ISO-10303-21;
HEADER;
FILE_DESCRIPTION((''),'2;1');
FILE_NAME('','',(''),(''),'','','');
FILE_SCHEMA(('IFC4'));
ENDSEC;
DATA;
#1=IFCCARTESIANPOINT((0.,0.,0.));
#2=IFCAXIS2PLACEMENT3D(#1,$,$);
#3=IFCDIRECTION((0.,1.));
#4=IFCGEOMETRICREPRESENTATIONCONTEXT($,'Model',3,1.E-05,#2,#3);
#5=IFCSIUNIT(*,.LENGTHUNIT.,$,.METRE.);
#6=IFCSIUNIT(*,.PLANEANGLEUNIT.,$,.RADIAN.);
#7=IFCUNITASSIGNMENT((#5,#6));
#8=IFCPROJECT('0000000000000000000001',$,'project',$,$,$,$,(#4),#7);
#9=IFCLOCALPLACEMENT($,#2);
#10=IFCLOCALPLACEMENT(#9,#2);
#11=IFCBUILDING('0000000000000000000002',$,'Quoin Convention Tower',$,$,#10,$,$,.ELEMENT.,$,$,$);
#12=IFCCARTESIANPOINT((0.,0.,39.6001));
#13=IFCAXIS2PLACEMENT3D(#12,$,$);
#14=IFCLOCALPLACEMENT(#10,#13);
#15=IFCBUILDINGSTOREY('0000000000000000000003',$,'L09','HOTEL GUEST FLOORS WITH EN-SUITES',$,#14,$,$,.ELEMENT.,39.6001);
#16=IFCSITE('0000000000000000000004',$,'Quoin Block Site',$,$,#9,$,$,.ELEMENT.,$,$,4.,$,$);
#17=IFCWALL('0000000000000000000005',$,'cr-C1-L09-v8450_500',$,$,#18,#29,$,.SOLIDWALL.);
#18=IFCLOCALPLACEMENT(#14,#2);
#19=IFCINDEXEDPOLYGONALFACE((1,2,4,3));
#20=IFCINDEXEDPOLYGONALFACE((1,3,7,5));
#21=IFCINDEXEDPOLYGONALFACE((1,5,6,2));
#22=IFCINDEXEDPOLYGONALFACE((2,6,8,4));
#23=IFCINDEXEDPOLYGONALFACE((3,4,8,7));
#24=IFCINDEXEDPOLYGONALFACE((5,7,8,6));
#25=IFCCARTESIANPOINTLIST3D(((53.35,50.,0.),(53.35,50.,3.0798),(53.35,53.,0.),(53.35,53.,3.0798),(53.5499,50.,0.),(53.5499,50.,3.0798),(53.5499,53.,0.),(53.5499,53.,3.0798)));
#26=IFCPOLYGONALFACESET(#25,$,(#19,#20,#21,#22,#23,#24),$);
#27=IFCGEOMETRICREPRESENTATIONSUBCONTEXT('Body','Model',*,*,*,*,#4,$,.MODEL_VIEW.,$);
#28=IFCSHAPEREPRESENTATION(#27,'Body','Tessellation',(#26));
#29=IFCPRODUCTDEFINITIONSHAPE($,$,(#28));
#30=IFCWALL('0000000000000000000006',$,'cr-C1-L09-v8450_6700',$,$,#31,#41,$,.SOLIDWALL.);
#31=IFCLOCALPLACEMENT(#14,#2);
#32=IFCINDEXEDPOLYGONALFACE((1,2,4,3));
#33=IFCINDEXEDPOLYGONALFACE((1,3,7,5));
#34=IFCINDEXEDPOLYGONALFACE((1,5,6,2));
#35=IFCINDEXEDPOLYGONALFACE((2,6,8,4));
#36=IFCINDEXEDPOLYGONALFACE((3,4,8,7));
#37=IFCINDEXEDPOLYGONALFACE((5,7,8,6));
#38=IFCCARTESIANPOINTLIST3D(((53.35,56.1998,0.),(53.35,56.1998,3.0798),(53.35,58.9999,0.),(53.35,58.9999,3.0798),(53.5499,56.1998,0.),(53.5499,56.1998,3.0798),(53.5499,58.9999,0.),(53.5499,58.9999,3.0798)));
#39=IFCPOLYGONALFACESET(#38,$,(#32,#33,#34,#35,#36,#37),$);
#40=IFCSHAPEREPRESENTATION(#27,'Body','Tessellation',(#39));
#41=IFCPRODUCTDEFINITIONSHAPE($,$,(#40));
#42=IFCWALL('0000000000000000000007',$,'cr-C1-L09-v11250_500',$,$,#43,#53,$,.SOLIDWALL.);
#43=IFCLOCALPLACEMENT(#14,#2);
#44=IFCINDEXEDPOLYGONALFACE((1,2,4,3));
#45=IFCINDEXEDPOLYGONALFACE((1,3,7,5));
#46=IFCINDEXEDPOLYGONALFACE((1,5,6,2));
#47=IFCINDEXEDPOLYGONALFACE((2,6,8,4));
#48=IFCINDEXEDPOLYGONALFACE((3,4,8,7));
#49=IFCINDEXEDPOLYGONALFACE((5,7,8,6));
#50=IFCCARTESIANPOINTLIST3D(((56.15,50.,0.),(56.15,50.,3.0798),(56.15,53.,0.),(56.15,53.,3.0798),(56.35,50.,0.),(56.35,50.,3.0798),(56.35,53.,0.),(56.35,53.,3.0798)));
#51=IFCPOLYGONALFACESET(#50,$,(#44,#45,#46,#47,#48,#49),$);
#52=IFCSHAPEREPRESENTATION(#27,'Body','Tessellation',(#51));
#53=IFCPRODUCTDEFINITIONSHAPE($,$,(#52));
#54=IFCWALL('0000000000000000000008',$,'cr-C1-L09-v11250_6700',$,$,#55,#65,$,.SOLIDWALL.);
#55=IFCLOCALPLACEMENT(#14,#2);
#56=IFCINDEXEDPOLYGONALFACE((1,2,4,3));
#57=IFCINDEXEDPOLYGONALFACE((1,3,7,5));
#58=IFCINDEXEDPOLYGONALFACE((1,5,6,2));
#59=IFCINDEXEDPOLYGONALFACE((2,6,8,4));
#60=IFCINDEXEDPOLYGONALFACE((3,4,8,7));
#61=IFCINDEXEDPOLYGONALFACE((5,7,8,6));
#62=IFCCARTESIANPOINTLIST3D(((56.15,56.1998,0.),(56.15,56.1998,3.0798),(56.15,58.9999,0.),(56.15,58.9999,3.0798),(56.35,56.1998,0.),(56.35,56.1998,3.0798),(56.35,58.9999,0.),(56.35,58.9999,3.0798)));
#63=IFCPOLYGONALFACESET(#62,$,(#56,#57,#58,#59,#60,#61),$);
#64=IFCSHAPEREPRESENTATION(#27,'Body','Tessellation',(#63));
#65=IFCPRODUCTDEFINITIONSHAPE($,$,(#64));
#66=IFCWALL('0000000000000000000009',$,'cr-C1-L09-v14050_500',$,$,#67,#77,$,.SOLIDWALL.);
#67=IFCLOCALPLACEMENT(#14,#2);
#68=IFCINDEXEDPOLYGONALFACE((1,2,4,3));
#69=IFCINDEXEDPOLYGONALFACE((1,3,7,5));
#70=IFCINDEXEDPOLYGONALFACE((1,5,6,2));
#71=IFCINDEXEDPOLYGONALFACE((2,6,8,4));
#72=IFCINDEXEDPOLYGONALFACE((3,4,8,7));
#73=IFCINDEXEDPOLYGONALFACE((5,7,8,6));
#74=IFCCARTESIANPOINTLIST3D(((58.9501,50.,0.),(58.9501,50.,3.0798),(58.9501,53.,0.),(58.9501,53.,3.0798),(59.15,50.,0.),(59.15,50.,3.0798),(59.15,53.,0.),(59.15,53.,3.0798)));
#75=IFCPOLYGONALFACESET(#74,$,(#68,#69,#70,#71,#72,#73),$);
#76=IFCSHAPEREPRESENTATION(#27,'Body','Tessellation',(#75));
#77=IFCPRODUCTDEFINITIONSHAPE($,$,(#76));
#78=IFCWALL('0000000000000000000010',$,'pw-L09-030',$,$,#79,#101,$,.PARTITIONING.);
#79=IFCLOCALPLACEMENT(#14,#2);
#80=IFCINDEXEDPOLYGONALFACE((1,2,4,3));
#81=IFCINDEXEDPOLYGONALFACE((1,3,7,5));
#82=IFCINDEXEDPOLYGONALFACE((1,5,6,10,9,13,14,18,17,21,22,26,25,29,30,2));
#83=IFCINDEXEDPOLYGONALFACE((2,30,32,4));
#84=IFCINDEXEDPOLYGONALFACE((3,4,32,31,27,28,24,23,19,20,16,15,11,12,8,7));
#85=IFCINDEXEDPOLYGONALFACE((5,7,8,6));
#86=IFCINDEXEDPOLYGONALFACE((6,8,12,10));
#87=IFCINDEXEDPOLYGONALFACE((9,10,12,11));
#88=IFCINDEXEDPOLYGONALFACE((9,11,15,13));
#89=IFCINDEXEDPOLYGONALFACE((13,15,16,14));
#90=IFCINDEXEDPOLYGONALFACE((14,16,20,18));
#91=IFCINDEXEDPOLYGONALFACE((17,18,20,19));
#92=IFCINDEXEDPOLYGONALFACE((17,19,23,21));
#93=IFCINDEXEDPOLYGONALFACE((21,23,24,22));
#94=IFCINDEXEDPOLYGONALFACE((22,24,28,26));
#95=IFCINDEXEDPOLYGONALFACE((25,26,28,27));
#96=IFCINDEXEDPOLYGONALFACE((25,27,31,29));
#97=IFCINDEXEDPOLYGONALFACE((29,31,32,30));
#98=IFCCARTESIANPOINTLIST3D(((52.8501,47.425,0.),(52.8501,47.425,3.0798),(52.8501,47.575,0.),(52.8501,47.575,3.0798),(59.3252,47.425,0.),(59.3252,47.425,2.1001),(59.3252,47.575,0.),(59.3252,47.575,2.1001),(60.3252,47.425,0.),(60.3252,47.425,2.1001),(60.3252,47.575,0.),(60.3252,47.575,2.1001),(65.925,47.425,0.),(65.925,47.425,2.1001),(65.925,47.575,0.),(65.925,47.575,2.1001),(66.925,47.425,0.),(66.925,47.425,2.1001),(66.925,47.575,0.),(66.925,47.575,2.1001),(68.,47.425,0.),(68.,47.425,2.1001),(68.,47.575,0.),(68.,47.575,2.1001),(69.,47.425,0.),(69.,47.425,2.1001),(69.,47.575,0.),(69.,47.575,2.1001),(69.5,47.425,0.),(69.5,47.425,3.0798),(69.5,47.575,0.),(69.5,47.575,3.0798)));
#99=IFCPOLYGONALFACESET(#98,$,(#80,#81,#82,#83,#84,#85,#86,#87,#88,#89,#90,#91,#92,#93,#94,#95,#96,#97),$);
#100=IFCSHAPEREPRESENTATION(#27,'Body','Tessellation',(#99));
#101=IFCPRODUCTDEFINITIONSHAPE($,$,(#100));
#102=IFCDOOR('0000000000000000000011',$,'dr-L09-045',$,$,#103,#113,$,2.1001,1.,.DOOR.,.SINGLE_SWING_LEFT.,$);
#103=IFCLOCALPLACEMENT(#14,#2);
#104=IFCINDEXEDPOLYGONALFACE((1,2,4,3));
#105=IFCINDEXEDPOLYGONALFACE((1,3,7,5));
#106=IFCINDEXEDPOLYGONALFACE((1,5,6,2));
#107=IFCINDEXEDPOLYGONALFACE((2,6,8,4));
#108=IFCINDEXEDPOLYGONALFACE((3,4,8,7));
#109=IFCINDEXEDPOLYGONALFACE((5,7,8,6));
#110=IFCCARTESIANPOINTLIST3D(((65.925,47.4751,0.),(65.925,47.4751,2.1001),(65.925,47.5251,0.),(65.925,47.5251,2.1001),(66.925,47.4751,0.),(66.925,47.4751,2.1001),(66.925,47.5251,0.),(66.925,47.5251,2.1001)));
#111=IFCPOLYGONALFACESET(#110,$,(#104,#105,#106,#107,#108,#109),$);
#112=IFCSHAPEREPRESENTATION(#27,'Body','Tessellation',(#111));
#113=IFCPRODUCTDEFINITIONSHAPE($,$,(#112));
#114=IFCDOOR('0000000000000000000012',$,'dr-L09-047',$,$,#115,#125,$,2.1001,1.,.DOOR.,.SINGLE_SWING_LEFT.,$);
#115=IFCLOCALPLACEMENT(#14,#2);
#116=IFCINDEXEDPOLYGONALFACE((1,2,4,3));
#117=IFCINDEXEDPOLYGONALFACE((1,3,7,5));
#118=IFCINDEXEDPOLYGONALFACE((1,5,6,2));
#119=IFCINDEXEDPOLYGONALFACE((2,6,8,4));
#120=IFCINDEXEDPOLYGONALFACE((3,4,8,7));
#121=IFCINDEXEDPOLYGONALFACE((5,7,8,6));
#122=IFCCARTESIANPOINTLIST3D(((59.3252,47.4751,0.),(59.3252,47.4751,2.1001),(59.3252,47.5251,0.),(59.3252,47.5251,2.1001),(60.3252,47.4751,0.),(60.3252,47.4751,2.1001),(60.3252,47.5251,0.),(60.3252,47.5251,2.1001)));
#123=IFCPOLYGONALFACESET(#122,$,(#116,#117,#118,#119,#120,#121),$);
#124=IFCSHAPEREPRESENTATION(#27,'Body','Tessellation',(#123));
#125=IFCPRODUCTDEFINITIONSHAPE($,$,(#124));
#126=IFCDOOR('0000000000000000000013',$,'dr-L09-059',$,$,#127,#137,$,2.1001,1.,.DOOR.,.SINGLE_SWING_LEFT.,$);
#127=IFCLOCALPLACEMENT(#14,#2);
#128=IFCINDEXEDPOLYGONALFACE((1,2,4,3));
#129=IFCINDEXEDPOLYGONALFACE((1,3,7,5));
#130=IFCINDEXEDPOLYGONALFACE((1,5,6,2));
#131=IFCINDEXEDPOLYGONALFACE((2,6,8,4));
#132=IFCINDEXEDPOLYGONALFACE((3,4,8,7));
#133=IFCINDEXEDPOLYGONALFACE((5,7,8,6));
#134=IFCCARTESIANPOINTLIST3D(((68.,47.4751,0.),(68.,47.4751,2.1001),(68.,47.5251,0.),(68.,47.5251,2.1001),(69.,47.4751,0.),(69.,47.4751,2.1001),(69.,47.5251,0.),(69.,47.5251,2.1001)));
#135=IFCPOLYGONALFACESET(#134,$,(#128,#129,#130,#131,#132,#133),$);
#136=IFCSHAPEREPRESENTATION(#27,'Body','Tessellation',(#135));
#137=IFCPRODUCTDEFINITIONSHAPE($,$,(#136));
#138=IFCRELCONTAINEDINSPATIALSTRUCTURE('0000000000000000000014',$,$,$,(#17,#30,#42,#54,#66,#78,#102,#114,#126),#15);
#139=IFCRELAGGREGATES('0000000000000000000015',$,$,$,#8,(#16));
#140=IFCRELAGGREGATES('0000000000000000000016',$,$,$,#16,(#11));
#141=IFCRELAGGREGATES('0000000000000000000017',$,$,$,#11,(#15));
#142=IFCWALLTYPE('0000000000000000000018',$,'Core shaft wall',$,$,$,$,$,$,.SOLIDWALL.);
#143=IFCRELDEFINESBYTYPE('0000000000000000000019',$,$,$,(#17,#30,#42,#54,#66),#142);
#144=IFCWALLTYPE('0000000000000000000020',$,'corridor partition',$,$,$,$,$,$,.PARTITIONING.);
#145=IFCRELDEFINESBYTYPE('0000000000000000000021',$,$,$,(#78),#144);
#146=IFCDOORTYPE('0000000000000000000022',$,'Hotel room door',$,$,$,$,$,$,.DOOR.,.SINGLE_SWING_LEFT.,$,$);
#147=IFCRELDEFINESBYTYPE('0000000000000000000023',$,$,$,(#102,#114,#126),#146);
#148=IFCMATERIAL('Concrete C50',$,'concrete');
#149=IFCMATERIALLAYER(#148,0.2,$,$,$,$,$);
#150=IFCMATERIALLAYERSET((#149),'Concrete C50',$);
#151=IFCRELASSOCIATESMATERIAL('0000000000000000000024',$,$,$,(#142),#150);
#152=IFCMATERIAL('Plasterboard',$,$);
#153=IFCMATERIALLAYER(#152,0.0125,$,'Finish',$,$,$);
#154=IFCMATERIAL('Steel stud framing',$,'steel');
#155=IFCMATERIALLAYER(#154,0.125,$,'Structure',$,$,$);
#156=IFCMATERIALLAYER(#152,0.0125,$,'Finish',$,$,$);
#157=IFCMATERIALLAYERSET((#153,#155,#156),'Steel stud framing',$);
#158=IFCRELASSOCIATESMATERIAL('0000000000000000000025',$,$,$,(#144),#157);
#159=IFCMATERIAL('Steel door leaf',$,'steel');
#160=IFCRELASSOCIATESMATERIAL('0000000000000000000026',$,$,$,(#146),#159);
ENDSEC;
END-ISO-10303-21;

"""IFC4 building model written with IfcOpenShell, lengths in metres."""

from ifc_helpers import new_model, si_unit, direction, frame, frame_2d, origin, place, context, subcontext, project, spatial, rectangle, extrude, material, layer, layer_set, type_object, element, fill, save


model = new_model("IFC4")

# Units and contexts
model_context = context("Model", 3, precision=1e-05, world=origin(), true_north=direction((0.0, 1.0)))
body_context = subcontext(model_context, "Body", "Model", "MODEL_VIEW")
ifc_project = project(units=[si_unit("LENGTHUNIT", "METRE"), si_unit("PLANEANGLEUNIT", "RADIAN")], contexts=[model_context])

# Site, building, storey
site_placement = place(None, origin())
site = spatial("IfcSite", under=ifc_project, at=site_placement, Name="Quoin Block Site", CompositionType="ELEMENT", RefElevation=4.0)
building_placement = place(site_placement, origin())
building = spatial("IfcBuilding", under=site, at=building_placement, Name="Quoin Convention Tower", CompositionType="ELEMENT")
storey_placement = place(building_placement, frame((0.0, 0.0, 39.6001)))
storey = spatial("IfcBuildingStorey", under=building, at=storey_placement, Name="L09", Description="HOTEL GUEST FLOORS WITH EN-SUITES", CompositionType="ELEMENT", Elevation=39.6001)

# Shared definitions
ifc_material_1 = material(Name="Plasterboard")
ifc_material_2 = material(Name="Steel stud framing", Category="steel")

# Shared definitions
ifc_material_3 = material(Name="Concrete C50", Category="concrete")
ifc_layer_1 = layer(ifc_material_3, 0.2)
ifc_layer_set_1 = layer_set([ifc_layer_1], Name="Concrete C50")
wall_type_1 = type_object("IfcWallType", Name="Core shaft wall", PredefinedType="SOLIDWALL", material=ifc_layer_set_1)
ifc_material_4 = material(Name="Steel door leaf", Category="steel")

# Walls
wall_1_placement = place(storey_placement, frame((53.45, 50.0, 0.0), z_axis=(0.0, 0.0, 1.0), x_axis=(0.0, 1.0, 0.0)))
element("IfcWall", 1, at=wall_1_placement, inside=storey, type_object=wall_type_1, Name="cr-C1-L09-v8450_500", PredefinedType="SOLIDWALL", context=body_context, shape_type="SweptSolid", body=[
    extrude(rectangle(XDim=3.0, YDim=0.2, at=frame_2d((1.5, 0.0))), origin(), (0.0, 0.0, 1.0), 3.0798),
])
wall_2_placement = place(storey_placement, frame((53.45, 56.2, 0.0), z_axis=(0.0, 0.0, 1.0), x_axis=(0.0, 1.0, 0.0)))
element("IfcWall", 2, at=wall_2_placement, inside=storey, type_object=wall_type_1, Name="cr-C1-L09-v8450_6700", PredefinedType="SOLIDWALL", context=body_context, shape_type="SweptSolid", body=[
    extrude(rectangle(XDim=2.8, YDim=0.2, at=frame_2d((1.3999, 0.0))), origin(), (0.0, 0.0, 1.0), 3.0798),
])
wall_3_placement = place(storey_placement, frame((56.25, 50.0, 0.0), z_axis=(0.0, 0.0, 1.0), x_axis=(0.0, 1.0, 0.0)))
element("IfcWall", 3, at=wall_3_placement, inside=storey, type_object=wall_type_1, Name="cr-C1-L09-v11250_500", PredefinedType="SOLIDWALL", context=body_context, shape_type="SweptSolid", body=[
    extrude(rectangle(XDim=3.0, YDim=0.2, at=frame_2d((1.5, 0.0))), origin(), (0.0, 0.0, 1.0), 3.0798),
])
wall_4_placement = place(storey_placement, frame((56.25, 56.2, 0.0), z_axis=(0.0, 0.0, 1.0), x_axis=(0.0, 1.0, 0.0)))
element("IfcWall", 4, at=wall_4_placement, inside=storey, type_object=wall_type_1, Name="cr-C1-L09-v11250_6700", PredefinedType="SOLIDWALL", context=body_context, shape_type="SweptSolid", body=[
    extrude(rectangle(XDim=2.8, YDim=0.2, at=frame_2d((1.3999, 0.0))), origin(), (0.0, 0.0, 1.0), 3.0798),
])
wall_5_placement = place(storey_placement, frame((59.05, 50.0, 0.0), z_axis=(0.0, 0.0, 1.0), x_axis=(0.0, 1.0, 0.0)))
element("IfcWall", 5, at=wall_5_placement, inside=storey, type_object=wall_type_1, Name="cr-C1-L09-v14050_500", PredefinedType="SOLIDWALL", context=body_context, shape_type="SweptSolid", body=[
    extrude(rectangle(XDim=3.0, YDim=0.2, at=frame_2d((1.5, 0.0))), origin(), (0.0, 0.0, 1.0), 3.0798),
])

# Wall, openings, doors
ifc_layer_2 = layer(ifc_material_1, 0.0125, Name="Finish")
ifc_layer_3 = layer(ifc_material_2, 0.125, Name="Structure")
ifc_layer_4 = layer(ifc_material_1, 0.0125, Name="Finish")
ifc_layer_set_2 = layer_set([ifc_layer_2, ifc_layer_3, ifc_layer_4], Name="Steel stud framing")
wall_type_2 = type_object("IfcWallType", Name="corridor partition", PredefinedType="PARTITIONING", material=ifc_layer_set_2)
wall_6_placement = place(storey_placement, frame((52.8501, 47.5, 0.0), z_axis=(0.0, 0.0, 1.0), x_axis=(1.0, 0.0, 0.0)))
wall_6 = element("IfcWall", 6, at=wall_6_placement, inside=storey, type_object=wall_type_2, Name="pw-L09-030", PredefinedType="PARTITIONING", context=body_context, shape_type="SweptSolid", body=[
    extrude(rectangle(XDim=16.6499, YDim=0.1499, at=frame_2d((8.325, 0.0))), origin(), (0.0, 0.0, 1.0), 3.0798),
])
opening_1_placement = place(wall_6_placement, frame((13.075, 0.0, 0.0)))
opening_1 = element("IfcOpeningElement", 7, at=opening_1_placement, cuts=wall_6, PredefinedType="OPENING", context=body_context, shape_type="SweptSolid", body=[
    extrude(rectangle(XDim=1.0, YDim=2.1001, at=frame_2d((0.5, 1.05))), frame((0.0, 0.085, 0.0), z_axis=(0.0, -1.0, 0.0), x_axis=(1.0, 0.0, 0.0)), (0.0, 0.0, 1.0), 0.1699),
])
opening_2_placement = place(wall_6_placement, frame((6.4751, 0.0, 0.0)))
opening_2 = element("IfcOpeningElement", 8, at=opening_2_placement, cuts=wall_6, PredefinedType="OPENING", context=body_context, shape_type="SweptSolid", body=[
    extrude(rectangle(XDim=1.0, YDim=2.1001, at=frame_2d((0.5, 1.05))), frame((0.0, 0.085, 0.0), z_axis=(0.0, -1.0, 0.0), x_axis=(1.0, 0.0, 0.0)), (0.0, 0.0, 1.0), 0.1699),
])
opening_3_placement = place(wall_6_placement, frame((15.1499, 0.0, 0.0)))
opening_3 = element("IfcOpeningElement", 9, at=opening_3_placement, cuts=wall_6, PredefinedType="OPENING", context=body_context, shape_type="SweptSolid", body=[
    extrude(rectangle(XDim=1.0, YDim=2.1001, at=frame_2d((0.5, 1.05))), frame((0.0, 0.085, 0.0), z_axis=(0.0, -1.0, 0.0), x_axis=(1.0, 0.0, 0.0)), (0.0, 0.0, 1.0), 0.1699),
])
door_type_1 = type_object("IfcDoorType", Name="Hotel room door", OperationType="SINGLE_SWING_LEFT", PredefinedType="DOOR", material=ifc_material_4)
door_1_placement = place(opening_1_placement, frame((1.0, 0.0, 0.0), z_axis=(0.0, 0.0, 1.0), x_axis=(-1.0, 0.0, 0.0)))
door_1 = element("IfcDoor", 10, at=door_1_placement, inside=storey, type_object=door_type_1, Name="dr-L09-045", OperationType="SINGLE_SWING_LEFT", OverallHeight=2.1001, OverallWidth=1.0, PredefinedType="DOOR", context=body_context, shape_type="SweptSolid", body=[
    extrude(rectangle(XDim=1.0, YDim=2.1001, at=frame_2d((0.5, 1.05))), frame((0.0, 0.0249, 0.0), z_axis=(0.0, -1.0, 0.0), x_axis=(1.0, 0.0, 0.0)), (0.0, 0.0, 1.0), 0.05),
])
fill(opening_1, door_1)
door_2_placement = place(opening_2_placement, frame((1.0, 0.0, 0.0), z_axis=(0.0, 0.0, 1.0), x_axis=(-1.0, 0.0, 0.0)))
door_2 = element("IfcDoor", 11, at=door_2_placement, inside=storey, type_object=door_type_1, Name="dr-L09-047", OperationType="SINGLE_SWING_LEFT", OverallHeight=2.1001, OverallWidth=1.0, PredefinedType="DOOR", context=body_context, shape_type="SweptSolid", body=[
    extrude(rectangle(XDim=1.0, YDim=2.1001, at=frame_2d((0.5, 1.05))), frame((0.0, 0.0249, 0.0), z_axis=(0.0, -1.0, 0.0), x_axis=(1.0, 0.0, 0.0)), (0.0, 0.0, 1.0), 0.05),
])
fill(opening_2, door_2)
door_3_placement = place(opening_3_placement, frame((1.0, 0.0, 0.0), z_axis=(0.0, 0.0, 1.0), x_axis=(-1.0, 0.0, 0.0)))
door_3 = element("IfcDoor", 12, at=door_3_placement, inside=storey, type_object=door_type_1, Name="dr-L09-059", OperationType="SINGLE_SWING_LEFT", OverallHeight=2.1001, OverallWidth=1.0, PredefinedType="DOOR", context=body_context, shape_type="SweptSolid", body=[
    extrude(rectangle(XDim=1.0, YDim=2.1001, at=frame_2d((0.5, 1.05))), frame((0.0, 0.0249, 0.0), z_axis=(0.0, -1.0, 0.0), x_axis=(1.0, 0.0, 0.0)), (0.0, 0.0, 1.0), 0.05),
])
fill(opening_3, door_3)

save(model, "model.ifc")
